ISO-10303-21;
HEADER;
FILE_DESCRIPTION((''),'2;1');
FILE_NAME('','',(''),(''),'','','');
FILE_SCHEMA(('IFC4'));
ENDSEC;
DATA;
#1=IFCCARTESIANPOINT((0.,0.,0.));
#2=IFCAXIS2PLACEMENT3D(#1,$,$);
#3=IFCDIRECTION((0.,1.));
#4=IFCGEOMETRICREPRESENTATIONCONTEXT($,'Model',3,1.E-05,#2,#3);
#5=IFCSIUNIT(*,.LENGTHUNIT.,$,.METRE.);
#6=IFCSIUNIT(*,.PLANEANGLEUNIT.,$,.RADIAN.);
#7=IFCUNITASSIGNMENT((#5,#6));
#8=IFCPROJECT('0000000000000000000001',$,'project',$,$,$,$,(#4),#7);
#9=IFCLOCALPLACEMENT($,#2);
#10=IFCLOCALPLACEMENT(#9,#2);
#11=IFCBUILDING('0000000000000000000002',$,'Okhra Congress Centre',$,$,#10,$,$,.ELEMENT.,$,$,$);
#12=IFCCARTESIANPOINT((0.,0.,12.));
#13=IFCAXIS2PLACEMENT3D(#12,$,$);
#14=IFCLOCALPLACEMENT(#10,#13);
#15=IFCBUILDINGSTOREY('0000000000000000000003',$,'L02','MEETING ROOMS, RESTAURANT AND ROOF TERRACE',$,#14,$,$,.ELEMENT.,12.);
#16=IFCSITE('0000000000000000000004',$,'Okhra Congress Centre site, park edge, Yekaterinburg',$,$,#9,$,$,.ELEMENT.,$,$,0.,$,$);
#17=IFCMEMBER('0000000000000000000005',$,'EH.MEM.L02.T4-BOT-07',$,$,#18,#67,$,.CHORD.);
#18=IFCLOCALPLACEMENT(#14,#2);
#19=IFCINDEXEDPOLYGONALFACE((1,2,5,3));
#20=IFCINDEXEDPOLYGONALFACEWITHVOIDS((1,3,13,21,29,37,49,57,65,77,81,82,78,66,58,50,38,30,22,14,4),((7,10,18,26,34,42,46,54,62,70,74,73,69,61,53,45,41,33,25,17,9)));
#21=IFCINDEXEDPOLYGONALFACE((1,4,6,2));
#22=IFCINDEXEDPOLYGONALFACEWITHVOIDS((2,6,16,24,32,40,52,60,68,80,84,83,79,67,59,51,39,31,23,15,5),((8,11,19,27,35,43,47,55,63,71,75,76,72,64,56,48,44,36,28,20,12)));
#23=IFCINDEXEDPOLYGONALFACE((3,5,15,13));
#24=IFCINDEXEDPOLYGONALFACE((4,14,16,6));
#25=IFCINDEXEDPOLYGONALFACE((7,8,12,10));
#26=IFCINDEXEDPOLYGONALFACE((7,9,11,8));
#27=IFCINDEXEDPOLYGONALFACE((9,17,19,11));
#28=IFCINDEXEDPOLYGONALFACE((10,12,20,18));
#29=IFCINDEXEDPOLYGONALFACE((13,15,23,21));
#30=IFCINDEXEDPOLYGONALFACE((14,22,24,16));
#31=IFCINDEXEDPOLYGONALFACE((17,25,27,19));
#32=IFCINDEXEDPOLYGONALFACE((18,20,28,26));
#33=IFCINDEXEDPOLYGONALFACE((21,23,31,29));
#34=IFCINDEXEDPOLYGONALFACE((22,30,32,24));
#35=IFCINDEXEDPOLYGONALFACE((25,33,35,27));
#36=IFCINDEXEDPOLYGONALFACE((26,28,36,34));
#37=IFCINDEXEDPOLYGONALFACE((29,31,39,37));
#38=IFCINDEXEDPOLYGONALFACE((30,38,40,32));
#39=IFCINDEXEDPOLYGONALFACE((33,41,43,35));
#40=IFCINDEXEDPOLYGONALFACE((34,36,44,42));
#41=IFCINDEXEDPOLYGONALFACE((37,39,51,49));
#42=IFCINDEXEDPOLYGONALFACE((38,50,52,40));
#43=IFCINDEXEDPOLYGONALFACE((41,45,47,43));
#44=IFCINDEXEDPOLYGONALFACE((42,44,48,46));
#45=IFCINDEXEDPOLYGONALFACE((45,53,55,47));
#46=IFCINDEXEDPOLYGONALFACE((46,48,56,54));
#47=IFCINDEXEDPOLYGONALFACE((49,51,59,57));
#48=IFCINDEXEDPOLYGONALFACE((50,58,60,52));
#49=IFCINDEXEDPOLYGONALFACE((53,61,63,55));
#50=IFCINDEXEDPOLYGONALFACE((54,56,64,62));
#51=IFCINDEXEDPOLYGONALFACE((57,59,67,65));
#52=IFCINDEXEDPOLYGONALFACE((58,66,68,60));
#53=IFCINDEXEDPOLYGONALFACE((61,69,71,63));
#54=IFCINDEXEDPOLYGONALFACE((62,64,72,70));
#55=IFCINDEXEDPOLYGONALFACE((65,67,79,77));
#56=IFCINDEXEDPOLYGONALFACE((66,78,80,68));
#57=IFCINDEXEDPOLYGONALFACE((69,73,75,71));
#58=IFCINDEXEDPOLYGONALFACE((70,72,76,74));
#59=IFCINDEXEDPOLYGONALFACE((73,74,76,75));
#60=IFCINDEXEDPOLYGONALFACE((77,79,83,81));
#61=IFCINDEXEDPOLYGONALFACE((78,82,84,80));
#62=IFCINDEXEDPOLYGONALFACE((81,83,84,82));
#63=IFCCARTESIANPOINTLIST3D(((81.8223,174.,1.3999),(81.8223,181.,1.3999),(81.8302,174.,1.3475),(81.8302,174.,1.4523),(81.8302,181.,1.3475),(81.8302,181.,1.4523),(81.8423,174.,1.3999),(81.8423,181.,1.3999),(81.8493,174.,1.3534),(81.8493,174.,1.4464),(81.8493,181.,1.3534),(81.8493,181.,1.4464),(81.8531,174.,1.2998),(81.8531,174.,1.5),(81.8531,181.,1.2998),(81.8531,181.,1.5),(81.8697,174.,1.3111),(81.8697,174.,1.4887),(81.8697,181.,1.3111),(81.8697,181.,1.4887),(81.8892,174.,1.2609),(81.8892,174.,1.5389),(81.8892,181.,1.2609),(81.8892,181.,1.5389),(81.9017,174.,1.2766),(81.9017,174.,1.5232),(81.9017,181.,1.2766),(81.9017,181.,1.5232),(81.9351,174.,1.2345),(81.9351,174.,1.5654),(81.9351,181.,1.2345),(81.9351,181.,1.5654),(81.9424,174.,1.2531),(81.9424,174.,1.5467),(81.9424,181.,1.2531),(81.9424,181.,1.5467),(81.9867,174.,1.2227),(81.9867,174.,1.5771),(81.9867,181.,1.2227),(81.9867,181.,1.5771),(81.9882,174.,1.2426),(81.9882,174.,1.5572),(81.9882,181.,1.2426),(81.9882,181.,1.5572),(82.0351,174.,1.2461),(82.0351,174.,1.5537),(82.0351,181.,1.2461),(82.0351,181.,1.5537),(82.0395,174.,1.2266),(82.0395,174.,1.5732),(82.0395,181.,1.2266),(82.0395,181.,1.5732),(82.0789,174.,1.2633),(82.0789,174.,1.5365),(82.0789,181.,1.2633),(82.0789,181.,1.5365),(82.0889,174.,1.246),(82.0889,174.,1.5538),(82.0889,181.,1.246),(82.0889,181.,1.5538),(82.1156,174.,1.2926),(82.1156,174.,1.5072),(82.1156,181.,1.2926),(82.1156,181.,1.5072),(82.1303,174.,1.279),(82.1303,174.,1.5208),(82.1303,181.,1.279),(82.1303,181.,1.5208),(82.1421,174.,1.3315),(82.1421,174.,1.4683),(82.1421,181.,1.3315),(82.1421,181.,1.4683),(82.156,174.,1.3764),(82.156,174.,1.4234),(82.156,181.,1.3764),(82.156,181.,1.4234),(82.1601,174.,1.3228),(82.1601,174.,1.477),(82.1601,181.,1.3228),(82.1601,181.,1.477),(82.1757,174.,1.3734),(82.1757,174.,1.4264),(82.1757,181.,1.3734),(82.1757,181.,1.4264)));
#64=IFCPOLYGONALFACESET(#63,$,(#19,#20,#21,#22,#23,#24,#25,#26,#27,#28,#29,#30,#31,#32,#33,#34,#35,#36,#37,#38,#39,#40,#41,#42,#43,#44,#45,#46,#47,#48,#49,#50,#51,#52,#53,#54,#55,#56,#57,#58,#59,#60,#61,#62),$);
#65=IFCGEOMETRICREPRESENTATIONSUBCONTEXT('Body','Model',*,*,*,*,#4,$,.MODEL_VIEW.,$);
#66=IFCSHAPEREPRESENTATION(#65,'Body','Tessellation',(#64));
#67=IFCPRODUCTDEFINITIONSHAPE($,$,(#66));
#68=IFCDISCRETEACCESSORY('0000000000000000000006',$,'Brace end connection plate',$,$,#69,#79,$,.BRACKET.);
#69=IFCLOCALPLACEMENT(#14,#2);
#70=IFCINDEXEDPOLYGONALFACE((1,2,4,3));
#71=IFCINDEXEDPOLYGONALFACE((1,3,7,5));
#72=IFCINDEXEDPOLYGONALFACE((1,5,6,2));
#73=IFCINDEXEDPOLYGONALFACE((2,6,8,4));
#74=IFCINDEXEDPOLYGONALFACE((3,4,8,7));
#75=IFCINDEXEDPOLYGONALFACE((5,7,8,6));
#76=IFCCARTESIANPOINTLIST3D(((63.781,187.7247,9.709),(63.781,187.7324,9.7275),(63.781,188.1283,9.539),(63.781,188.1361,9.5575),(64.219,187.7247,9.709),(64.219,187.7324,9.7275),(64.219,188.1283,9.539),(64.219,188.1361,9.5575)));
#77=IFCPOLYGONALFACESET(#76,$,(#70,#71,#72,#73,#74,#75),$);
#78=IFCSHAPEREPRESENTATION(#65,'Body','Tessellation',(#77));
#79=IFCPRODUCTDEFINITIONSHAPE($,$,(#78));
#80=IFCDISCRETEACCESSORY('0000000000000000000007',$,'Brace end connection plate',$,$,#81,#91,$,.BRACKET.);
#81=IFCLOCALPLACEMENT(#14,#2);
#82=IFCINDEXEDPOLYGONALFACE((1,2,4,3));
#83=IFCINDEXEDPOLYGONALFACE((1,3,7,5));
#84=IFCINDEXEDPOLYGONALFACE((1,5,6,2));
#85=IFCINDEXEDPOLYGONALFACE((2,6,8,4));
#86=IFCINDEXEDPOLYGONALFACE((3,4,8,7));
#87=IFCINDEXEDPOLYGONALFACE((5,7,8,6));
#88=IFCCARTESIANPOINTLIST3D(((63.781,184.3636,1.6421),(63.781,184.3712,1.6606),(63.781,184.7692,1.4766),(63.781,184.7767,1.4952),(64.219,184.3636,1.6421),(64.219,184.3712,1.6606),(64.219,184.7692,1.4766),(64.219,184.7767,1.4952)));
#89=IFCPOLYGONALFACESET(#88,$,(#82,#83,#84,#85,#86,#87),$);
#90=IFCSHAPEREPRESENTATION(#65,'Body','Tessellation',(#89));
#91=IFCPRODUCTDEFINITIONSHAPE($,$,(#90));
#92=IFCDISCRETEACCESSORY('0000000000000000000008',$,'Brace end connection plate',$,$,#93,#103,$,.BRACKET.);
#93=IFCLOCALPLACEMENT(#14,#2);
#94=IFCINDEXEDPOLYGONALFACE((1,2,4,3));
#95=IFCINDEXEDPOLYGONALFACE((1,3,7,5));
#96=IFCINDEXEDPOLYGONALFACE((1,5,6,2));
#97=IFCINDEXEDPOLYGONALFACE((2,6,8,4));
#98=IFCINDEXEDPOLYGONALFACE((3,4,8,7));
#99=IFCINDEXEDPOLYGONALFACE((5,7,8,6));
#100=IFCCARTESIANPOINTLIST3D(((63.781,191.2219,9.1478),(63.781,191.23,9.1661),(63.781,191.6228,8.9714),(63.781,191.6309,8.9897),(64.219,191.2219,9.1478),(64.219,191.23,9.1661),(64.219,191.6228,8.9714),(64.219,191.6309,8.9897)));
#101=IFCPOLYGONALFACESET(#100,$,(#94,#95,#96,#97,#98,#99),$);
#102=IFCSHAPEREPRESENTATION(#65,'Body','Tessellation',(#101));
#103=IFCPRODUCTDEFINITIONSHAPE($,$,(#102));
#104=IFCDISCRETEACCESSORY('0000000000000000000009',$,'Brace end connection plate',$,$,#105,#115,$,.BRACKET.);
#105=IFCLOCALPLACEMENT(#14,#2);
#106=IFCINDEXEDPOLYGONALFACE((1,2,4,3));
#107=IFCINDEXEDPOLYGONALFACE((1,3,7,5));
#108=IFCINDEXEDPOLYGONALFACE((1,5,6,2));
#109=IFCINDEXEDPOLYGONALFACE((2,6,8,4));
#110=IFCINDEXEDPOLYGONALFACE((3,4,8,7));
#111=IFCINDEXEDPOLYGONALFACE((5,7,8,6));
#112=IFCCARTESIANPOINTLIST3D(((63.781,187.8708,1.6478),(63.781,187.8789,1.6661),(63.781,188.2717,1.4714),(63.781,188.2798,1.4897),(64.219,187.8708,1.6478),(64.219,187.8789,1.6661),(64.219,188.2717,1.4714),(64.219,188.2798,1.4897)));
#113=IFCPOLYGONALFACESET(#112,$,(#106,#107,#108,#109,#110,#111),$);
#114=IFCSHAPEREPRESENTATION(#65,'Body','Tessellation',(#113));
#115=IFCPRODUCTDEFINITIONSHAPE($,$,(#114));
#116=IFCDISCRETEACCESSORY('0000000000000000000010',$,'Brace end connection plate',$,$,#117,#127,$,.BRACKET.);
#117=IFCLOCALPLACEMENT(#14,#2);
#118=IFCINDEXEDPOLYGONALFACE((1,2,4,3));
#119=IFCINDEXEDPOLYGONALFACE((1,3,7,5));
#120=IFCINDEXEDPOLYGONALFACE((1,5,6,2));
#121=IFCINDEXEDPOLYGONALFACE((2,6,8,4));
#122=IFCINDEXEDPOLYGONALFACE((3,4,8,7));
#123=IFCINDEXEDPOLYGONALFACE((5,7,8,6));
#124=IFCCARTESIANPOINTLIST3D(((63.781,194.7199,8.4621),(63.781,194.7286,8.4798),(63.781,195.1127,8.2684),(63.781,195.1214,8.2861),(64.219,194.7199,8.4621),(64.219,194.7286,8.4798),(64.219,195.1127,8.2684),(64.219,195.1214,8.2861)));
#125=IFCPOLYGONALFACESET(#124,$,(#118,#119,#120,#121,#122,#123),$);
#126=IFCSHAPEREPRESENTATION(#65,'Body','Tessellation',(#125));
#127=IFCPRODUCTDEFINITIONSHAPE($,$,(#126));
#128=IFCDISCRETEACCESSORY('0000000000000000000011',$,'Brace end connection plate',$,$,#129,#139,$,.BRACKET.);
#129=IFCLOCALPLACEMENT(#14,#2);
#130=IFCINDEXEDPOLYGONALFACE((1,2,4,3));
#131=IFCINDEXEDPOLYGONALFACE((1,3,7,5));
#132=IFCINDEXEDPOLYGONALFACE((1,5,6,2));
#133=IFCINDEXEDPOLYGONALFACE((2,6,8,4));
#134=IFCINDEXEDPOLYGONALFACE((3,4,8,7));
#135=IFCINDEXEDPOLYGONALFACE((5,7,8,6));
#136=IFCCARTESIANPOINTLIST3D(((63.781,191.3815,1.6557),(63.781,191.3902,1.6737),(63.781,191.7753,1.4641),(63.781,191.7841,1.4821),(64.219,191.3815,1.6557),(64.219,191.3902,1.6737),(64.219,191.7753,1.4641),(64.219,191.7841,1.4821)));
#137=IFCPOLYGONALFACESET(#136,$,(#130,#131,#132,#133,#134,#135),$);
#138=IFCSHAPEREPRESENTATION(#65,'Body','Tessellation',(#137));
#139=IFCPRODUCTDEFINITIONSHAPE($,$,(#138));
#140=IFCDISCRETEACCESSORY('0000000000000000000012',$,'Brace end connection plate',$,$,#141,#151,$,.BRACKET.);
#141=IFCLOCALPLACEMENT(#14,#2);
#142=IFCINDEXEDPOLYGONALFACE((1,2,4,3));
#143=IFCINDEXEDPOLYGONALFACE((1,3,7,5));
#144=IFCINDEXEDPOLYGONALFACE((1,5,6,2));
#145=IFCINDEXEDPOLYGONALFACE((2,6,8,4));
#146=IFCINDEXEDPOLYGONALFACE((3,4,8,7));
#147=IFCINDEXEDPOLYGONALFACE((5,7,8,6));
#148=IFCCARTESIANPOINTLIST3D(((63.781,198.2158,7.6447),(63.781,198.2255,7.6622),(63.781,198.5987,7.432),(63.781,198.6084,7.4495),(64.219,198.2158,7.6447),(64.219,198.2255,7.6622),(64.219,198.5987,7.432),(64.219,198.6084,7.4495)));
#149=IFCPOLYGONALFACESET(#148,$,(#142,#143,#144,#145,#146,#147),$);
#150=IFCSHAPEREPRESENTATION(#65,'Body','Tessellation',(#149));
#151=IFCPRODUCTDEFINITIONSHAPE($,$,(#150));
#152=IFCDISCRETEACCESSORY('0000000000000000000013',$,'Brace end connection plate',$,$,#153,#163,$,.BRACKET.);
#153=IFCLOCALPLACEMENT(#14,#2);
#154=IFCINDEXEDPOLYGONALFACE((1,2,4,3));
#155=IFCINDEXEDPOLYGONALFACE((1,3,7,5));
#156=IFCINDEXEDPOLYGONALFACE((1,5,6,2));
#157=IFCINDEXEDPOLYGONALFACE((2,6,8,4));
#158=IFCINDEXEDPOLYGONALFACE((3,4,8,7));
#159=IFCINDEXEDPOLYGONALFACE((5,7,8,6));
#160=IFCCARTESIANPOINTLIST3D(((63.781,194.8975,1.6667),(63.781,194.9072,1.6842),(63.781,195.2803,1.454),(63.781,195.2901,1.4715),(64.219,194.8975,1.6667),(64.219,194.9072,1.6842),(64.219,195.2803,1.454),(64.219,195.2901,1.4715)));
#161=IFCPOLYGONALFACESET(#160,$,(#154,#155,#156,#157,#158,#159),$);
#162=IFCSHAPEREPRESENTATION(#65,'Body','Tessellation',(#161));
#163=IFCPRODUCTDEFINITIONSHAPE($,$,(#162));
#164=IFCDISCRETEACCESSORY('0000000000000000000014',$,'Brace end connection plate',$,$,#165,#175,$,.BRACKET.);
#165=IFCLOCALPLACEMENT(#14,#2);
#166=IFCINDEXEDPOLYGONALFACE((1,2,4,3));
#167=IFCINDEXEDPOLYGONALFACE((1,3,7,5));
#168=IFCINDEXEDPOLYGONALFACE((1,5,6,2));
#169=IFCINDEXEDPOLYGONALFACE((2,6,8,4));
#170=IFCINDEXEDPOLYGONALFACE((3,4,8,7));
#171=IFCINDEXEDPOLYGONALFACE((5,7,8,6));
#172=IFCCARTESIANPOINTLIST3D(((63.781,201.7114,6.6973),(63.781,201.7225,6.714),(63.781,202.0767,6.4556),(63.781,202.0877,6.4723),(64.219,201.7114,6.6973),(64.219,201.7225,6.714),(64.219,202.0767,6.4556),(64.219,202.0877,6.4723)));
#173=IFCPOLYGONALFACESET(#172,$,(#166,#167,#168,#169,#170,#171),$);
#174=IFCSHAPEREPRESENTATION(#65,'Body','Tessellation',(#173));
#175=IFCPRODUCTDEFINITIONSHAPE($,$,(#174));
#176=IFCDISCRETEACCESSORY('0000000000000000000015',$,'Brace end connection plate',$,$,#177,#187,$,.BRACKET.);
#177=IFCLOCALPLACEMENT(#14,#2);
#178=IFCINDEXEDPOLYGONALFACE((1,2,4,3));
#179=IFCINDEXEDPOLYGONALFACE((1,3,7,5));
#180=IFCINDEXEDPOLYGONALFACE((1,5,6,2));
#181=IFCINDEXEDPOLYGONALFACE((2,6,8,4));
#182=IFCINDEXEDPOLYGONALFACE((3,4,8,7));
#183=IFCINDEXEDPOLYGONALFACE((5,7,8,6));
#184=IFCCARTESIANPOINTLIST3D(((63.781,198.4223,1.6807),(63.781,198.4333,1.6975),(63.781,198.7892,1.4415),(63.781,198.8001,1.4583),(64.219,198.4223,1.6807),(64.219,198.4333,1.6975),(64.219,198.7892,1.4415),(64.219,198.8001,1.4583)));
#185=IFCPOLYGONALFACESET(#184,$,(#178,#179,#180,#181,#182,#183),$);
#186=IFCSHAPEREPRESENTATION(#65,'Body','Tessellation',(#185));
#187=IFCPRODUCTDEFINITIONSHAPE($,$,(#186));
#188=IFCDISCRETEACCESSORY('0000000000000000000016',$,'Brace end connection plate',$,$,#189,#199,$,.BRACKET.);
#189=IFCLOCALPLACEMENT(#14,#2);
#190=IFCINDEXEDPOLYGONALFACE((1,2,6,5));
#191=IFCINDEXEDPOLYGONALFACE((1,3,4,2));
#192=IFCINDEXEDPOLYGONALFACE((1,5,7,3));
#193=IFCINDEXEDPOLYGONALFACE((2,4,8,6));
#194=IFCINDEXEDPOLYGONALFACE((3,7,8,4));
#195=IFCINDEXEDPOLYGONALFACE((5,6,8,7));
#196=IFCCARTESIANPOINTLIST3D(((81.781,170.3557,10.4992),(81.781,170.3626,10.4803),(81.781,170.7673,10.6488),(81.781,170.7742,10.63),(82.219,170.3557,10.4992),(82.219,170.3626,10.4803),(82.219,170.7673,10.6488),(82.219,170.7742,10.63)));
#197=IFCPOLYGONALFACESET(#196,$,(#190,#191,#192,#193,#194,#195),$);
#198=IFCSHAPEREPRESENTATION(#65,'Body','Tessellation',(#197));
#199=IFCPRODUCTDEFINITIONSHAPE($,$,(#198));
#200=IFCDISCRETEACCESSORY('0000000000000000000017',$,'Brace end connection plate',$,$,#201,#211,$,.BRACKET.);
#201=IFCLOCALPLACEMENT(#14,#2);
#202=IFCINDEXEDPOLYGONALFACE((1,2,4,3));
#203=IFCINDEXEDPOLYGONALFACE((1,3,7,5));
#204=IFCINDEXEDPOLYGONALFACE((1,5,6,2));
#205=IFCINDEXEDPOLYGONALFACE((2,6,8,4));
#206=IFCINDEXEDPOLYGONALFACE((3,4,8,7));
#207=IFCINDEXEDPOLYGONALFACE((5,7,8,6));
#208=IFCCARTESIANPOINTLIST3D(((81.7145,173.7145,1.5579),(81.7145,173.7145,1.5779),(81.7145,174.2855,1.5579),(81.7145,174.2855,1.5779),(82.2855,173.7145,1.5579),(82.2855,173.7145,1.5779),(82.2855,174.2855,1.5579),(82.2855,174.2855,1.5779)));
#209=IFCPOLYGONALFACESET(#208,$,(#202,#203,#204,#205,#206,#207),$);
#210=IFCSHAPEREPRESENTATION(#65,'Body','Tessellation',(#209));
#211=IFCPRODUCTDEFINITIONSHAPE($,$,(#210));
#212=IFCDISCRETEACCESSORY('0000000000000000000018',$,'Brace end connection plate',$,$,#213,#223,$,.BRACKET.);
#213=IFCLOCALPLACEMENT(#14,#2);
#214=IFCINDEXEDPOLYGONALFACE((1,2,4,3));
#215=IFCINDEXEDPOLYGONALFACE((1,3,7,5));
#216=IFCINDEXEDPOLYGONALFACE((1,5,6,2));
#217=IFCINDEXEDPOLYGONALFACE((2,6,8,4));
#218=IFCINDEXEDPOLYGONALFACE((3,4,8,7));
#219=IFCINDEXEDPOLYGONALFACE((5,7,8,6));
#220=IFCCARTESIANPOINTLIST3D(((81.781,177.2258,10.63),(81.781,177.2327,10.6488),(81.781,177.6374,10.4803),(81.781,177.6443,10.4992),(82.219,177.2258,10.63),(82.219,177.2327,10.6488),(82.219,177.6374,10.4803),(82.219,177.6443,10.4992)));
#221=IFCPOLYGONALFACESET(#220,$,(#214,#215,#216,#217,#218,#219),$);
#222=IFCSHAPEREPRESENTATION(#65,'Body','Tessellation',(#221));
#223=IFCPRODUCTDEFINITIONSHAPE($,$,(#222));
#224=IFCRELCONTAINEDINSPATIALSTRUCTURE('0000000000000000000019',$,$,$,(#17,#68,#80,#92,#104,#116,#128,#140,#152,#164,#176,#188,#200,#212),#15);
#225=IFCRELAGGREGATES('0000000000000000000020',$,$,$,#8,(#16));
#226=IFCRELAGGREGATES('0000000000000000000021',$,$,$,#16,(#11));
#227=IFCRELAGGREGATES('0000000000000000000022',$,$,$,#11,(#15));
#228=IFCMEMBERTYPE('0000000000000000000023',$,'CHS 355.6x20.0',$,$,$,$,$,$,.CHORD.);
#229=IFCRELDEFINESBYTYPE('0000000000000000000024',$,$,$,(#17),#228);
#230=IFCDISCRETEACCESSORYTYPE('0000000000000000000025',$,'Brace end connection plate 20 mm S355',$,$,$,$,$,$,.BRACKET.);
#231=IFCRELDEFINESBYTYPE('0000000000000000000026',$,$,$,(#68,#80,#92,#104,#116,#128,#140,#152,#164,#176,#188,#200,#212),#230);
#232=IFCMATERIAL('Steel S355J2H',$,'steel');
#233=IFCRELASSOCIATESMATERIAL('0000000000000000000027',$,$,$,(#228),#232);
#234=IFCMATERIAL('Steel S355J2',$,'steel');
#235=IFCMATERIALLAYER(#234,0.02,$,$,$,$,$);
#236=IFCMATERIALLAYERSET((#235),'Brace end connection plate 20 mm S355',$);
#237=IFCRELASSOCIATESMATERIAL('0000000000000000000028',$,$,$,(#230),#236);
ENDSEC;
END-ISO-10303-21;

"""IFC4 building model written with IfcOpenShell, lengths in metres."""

from ifc_helpers import new_model, si_unit, direction, frame, origin, origin_2d, place, context, subcontext, project, spatial, rectangle, hollow_circle, extrude, material, layer, layer_set, material_profile, profile_set, type_object, element, save


model = new_model("IFC4")

# Units and contexts
model_context = context("Model", 3, precision=1e-05, world=origin(), true_north=direction((0.0, 1.0)))
body_context = subcontext(model_context, "Body", "Model", "MODEL_VIEW")
ifc_project = project(units=[si_unit("LENGTHUNIT", "METRE"), si_unit("PLANEANGLEUNIT", "RADIAN")], contexts=[model_context])

# Site, building, storey
site_placement = place(None, origin())
site = spatial("IfcSite", under=ifc_project, at=site_placement, Name="Okhra Congress Centre site, park edge, Yekaterinburg", CompositionType="ELEMENT", RefElevation=0.0)
building_placement = place(site_placement, origin())
building = spatial("IfcBuilding", under=site, at=building_placement, Name="Okhra Congress Centre", CompositionType="ELEMENT")
storey_placement = place(building_placement, frame((0.0, 0.0, 12.0)))
storey = spatial("IfcBuildingStorey", under=building, at=storey_placement, Name="L02", Description="MEETING ROOMS, RESTAURANT AND ROOF TERRACE", CompositionType="ELEMENT", Elevation=12.0)

# Member
ifc_material_1 = material(Name="Steel S355J2H", Category="steel")
ifc_material_profile_1 = material_profile(ifc_material_1, hollow_circle(Radius=0.1777, WallThickness=0.02, at=origin_2d()), Name="CHS 355.6x20.0")
ifc_profile_set_1 = profile_set([ifc_material_profile_1], Name="Steel S355J2H")
member_type_1 = type_object("IfcMemberType", Name="CHS 355.6x20.0", PredefinedType="CHORD", material=ifc_profile_set_1)
member_1_placement = place(storey_placement, frame((82.0, 174.0, 1.3999), z_axis=(0.0, 1.0, 0.0), x_axis=(-1.0, 0.0, 0.0)))
element("IfcMember", 1, at=member_1_placement, inside=storey, type_object=member_type_1, Name="EH.MEM.L02.T4-BOT-07", PredefinedType="CHORD", context=body_context, shape_type="SweptSolid", body=[
    extrude(hollow_circle(Radius=0.1777, WallThickness=0.02, at=origin_2d()), origin(), (0.0, 0.0, 1.0), 7.0),
])

# Discrete accessories
ifc_material_2 = material(Name="Steel S355J2", Category="steel")
ifc_layer = layer(ifc_material_2, 0.02)
ifc_layer_set = layer_set([ifc_layer], Name="Brace end connection plate 20 mm S355")
discrete_accessory_type = type_object("IfcDiscreteAccessoryType", Name="Brace end connection plate 20 mm S355", PredefinedType="BRACKET", material=ifc_layer_set)
for number, where, z_axis, x_axis, name in (
    (2, (64.0, 187.9265, 9.624), (0.0, 0.388057, 0.921635), (-1.0, 0.0, 0.0), "Brace end connection plate"),
    (3, (64.0, 184.574, 1.5779), (0.0, -0.377684, -0.925935), (1.0, 0.0, 0.0), "Brace end connection plate"),
    (4, (64.0, 191.4224, 9.0596), (0.0, 0.402739, 0.915315), (-1.0, 0.0, 0.0), "Brace end connection plate"),
    (5, (64.0, 188.0793, 1.5779), (0.0, -0.402739, -0.915315), (1.0, 0.0, 0.0), "Brace end connection plate"),
):
    element("IfcDiscreteAccessory", number, at=place(storey_placement, frame(where, z_axis=z_axis, x_axis=x_axis)), inside=storey, type_object=discrete_accessory_type, Name=name, PredefinedType="BRACKET", context=body_context, shape_type="SweptSolid", body=[
        extrude(rectangle(XDim=0.438, YDim=0.438, at=origin_2d()), origin(), (0.0, 0.0, 1.0), 0.02),
    ])
discrete_accessory_1_placement = place(storey_placement, frame((64.0, 194.9163, 8.3652), z_axis=(0.0, 0.442292, 0.896871), x_axis=(-1.0, 0.0, 0.0)))
element("IfcDiscreteAccessory", 6, at=discrete_accessory_1_placement, inside=storey, type_object=discrete_accessory_type, Name="Brace end connection plate", PredefinedType="BRACKET", context=body_context, shape_type="SweptSolid", body=[
    extrude(rectangle(XDim=0.438, YDim=0.438, at=origin_2d()), origin(), (0.0, 0.0, 1.0), 0.0198),
])
for number, where, z_axis, x_axis, name in (
    (7, (64.0, 191.5872, 1.5779), (0.0, -0.437466, -0.899235), (1.0, 0.0, 0.0), "Brace end connection plate"),
    (8, (64.0, 198.4072, 7.5383), (0.0, 0.485643, 0.874157), (-1.0, 0.0, 0.0), "Brace end connection plate"),
    (9, (64.0, 195.0986, 1.5779), (0.0, -0.485643, -0.874157), (1.0, 0.0, 0.0), "Brace end connection plate"),
    (10, (64.0, 201.894, 6.5764), (0.0, 0.551867, 0.833932), (-1.0, 0.0, 0.0), "Brace end connection plate"),
    (11, (64.0, 198.6167, 1.5779), (0.0, -0.546268, -0.837611), (1.0, 0.0, 0.0), "Brace end connection plate"),
    (12, (82.0, 170.5684, 10.5552), (0.0, -0.341743, 0.939793), (1.0, 0.0, 0.0), "Brace end connection plate"),
):
    element("IfcDiscreteAccessory", number, at=place(storey_placement, frame(where, z_axis=z_axis, x_axis=x_axis)), inside=storey, type_object=discrete_accessory_type, Name=name, PredefinedType="BRACKET", context=body_context, shape_type="SweptSolid", body=[
        extrude(rectangle(XDim=0.438, YDim=0.438, at=origin_2d()), origin(), (0.0, 0.0, 1.0), 0.02),
    ])
discrete_accessory_2_placement = place(storey_placement, frame((82.0, 174.0, 1.5779), z_axis=(0.0, 0.0, -1.0), x_axis=(1.0, 0.0, 0.0)))
element("IfcDiscreteAccessory", 13, at=discrete_accessory_2_placement, inside=storey, type_object=discrete_accessory_type, Name="Brace end connection plate", PredefinedType="BRACKET", context=body_context, shape_type="SweptSolid", body=[
    extrude(rectangle(XDim=0.571, YDim=0.571, at=origin_2d()), origin(), (0.0, 0.0, 1.0), 0.02),
])
discrete_accessory_3_placement = place(storey_placement, frame((82.0, 177.4316, 10.5552), z_axis=(0.0, 0.341743, 0.939793), x_axis=(-1.0, 0.0, 0.0)))
element("IfcDiscreteAccessory", 14, at=discrete_accessory_3_placement, inside=storey, type_object=discrete_accessory_type, Name="Brace end connection plate", PredefinedType="BRACKET", context=body_context, shape_type="SweptSolid", body=[
    extrude(rectangle(XDim=0.438, YDim=0.438, at=origin_2d()), origin(), (0.0, 0.0, 1.0), 0.02),
])

save(model, "model.ifc")
